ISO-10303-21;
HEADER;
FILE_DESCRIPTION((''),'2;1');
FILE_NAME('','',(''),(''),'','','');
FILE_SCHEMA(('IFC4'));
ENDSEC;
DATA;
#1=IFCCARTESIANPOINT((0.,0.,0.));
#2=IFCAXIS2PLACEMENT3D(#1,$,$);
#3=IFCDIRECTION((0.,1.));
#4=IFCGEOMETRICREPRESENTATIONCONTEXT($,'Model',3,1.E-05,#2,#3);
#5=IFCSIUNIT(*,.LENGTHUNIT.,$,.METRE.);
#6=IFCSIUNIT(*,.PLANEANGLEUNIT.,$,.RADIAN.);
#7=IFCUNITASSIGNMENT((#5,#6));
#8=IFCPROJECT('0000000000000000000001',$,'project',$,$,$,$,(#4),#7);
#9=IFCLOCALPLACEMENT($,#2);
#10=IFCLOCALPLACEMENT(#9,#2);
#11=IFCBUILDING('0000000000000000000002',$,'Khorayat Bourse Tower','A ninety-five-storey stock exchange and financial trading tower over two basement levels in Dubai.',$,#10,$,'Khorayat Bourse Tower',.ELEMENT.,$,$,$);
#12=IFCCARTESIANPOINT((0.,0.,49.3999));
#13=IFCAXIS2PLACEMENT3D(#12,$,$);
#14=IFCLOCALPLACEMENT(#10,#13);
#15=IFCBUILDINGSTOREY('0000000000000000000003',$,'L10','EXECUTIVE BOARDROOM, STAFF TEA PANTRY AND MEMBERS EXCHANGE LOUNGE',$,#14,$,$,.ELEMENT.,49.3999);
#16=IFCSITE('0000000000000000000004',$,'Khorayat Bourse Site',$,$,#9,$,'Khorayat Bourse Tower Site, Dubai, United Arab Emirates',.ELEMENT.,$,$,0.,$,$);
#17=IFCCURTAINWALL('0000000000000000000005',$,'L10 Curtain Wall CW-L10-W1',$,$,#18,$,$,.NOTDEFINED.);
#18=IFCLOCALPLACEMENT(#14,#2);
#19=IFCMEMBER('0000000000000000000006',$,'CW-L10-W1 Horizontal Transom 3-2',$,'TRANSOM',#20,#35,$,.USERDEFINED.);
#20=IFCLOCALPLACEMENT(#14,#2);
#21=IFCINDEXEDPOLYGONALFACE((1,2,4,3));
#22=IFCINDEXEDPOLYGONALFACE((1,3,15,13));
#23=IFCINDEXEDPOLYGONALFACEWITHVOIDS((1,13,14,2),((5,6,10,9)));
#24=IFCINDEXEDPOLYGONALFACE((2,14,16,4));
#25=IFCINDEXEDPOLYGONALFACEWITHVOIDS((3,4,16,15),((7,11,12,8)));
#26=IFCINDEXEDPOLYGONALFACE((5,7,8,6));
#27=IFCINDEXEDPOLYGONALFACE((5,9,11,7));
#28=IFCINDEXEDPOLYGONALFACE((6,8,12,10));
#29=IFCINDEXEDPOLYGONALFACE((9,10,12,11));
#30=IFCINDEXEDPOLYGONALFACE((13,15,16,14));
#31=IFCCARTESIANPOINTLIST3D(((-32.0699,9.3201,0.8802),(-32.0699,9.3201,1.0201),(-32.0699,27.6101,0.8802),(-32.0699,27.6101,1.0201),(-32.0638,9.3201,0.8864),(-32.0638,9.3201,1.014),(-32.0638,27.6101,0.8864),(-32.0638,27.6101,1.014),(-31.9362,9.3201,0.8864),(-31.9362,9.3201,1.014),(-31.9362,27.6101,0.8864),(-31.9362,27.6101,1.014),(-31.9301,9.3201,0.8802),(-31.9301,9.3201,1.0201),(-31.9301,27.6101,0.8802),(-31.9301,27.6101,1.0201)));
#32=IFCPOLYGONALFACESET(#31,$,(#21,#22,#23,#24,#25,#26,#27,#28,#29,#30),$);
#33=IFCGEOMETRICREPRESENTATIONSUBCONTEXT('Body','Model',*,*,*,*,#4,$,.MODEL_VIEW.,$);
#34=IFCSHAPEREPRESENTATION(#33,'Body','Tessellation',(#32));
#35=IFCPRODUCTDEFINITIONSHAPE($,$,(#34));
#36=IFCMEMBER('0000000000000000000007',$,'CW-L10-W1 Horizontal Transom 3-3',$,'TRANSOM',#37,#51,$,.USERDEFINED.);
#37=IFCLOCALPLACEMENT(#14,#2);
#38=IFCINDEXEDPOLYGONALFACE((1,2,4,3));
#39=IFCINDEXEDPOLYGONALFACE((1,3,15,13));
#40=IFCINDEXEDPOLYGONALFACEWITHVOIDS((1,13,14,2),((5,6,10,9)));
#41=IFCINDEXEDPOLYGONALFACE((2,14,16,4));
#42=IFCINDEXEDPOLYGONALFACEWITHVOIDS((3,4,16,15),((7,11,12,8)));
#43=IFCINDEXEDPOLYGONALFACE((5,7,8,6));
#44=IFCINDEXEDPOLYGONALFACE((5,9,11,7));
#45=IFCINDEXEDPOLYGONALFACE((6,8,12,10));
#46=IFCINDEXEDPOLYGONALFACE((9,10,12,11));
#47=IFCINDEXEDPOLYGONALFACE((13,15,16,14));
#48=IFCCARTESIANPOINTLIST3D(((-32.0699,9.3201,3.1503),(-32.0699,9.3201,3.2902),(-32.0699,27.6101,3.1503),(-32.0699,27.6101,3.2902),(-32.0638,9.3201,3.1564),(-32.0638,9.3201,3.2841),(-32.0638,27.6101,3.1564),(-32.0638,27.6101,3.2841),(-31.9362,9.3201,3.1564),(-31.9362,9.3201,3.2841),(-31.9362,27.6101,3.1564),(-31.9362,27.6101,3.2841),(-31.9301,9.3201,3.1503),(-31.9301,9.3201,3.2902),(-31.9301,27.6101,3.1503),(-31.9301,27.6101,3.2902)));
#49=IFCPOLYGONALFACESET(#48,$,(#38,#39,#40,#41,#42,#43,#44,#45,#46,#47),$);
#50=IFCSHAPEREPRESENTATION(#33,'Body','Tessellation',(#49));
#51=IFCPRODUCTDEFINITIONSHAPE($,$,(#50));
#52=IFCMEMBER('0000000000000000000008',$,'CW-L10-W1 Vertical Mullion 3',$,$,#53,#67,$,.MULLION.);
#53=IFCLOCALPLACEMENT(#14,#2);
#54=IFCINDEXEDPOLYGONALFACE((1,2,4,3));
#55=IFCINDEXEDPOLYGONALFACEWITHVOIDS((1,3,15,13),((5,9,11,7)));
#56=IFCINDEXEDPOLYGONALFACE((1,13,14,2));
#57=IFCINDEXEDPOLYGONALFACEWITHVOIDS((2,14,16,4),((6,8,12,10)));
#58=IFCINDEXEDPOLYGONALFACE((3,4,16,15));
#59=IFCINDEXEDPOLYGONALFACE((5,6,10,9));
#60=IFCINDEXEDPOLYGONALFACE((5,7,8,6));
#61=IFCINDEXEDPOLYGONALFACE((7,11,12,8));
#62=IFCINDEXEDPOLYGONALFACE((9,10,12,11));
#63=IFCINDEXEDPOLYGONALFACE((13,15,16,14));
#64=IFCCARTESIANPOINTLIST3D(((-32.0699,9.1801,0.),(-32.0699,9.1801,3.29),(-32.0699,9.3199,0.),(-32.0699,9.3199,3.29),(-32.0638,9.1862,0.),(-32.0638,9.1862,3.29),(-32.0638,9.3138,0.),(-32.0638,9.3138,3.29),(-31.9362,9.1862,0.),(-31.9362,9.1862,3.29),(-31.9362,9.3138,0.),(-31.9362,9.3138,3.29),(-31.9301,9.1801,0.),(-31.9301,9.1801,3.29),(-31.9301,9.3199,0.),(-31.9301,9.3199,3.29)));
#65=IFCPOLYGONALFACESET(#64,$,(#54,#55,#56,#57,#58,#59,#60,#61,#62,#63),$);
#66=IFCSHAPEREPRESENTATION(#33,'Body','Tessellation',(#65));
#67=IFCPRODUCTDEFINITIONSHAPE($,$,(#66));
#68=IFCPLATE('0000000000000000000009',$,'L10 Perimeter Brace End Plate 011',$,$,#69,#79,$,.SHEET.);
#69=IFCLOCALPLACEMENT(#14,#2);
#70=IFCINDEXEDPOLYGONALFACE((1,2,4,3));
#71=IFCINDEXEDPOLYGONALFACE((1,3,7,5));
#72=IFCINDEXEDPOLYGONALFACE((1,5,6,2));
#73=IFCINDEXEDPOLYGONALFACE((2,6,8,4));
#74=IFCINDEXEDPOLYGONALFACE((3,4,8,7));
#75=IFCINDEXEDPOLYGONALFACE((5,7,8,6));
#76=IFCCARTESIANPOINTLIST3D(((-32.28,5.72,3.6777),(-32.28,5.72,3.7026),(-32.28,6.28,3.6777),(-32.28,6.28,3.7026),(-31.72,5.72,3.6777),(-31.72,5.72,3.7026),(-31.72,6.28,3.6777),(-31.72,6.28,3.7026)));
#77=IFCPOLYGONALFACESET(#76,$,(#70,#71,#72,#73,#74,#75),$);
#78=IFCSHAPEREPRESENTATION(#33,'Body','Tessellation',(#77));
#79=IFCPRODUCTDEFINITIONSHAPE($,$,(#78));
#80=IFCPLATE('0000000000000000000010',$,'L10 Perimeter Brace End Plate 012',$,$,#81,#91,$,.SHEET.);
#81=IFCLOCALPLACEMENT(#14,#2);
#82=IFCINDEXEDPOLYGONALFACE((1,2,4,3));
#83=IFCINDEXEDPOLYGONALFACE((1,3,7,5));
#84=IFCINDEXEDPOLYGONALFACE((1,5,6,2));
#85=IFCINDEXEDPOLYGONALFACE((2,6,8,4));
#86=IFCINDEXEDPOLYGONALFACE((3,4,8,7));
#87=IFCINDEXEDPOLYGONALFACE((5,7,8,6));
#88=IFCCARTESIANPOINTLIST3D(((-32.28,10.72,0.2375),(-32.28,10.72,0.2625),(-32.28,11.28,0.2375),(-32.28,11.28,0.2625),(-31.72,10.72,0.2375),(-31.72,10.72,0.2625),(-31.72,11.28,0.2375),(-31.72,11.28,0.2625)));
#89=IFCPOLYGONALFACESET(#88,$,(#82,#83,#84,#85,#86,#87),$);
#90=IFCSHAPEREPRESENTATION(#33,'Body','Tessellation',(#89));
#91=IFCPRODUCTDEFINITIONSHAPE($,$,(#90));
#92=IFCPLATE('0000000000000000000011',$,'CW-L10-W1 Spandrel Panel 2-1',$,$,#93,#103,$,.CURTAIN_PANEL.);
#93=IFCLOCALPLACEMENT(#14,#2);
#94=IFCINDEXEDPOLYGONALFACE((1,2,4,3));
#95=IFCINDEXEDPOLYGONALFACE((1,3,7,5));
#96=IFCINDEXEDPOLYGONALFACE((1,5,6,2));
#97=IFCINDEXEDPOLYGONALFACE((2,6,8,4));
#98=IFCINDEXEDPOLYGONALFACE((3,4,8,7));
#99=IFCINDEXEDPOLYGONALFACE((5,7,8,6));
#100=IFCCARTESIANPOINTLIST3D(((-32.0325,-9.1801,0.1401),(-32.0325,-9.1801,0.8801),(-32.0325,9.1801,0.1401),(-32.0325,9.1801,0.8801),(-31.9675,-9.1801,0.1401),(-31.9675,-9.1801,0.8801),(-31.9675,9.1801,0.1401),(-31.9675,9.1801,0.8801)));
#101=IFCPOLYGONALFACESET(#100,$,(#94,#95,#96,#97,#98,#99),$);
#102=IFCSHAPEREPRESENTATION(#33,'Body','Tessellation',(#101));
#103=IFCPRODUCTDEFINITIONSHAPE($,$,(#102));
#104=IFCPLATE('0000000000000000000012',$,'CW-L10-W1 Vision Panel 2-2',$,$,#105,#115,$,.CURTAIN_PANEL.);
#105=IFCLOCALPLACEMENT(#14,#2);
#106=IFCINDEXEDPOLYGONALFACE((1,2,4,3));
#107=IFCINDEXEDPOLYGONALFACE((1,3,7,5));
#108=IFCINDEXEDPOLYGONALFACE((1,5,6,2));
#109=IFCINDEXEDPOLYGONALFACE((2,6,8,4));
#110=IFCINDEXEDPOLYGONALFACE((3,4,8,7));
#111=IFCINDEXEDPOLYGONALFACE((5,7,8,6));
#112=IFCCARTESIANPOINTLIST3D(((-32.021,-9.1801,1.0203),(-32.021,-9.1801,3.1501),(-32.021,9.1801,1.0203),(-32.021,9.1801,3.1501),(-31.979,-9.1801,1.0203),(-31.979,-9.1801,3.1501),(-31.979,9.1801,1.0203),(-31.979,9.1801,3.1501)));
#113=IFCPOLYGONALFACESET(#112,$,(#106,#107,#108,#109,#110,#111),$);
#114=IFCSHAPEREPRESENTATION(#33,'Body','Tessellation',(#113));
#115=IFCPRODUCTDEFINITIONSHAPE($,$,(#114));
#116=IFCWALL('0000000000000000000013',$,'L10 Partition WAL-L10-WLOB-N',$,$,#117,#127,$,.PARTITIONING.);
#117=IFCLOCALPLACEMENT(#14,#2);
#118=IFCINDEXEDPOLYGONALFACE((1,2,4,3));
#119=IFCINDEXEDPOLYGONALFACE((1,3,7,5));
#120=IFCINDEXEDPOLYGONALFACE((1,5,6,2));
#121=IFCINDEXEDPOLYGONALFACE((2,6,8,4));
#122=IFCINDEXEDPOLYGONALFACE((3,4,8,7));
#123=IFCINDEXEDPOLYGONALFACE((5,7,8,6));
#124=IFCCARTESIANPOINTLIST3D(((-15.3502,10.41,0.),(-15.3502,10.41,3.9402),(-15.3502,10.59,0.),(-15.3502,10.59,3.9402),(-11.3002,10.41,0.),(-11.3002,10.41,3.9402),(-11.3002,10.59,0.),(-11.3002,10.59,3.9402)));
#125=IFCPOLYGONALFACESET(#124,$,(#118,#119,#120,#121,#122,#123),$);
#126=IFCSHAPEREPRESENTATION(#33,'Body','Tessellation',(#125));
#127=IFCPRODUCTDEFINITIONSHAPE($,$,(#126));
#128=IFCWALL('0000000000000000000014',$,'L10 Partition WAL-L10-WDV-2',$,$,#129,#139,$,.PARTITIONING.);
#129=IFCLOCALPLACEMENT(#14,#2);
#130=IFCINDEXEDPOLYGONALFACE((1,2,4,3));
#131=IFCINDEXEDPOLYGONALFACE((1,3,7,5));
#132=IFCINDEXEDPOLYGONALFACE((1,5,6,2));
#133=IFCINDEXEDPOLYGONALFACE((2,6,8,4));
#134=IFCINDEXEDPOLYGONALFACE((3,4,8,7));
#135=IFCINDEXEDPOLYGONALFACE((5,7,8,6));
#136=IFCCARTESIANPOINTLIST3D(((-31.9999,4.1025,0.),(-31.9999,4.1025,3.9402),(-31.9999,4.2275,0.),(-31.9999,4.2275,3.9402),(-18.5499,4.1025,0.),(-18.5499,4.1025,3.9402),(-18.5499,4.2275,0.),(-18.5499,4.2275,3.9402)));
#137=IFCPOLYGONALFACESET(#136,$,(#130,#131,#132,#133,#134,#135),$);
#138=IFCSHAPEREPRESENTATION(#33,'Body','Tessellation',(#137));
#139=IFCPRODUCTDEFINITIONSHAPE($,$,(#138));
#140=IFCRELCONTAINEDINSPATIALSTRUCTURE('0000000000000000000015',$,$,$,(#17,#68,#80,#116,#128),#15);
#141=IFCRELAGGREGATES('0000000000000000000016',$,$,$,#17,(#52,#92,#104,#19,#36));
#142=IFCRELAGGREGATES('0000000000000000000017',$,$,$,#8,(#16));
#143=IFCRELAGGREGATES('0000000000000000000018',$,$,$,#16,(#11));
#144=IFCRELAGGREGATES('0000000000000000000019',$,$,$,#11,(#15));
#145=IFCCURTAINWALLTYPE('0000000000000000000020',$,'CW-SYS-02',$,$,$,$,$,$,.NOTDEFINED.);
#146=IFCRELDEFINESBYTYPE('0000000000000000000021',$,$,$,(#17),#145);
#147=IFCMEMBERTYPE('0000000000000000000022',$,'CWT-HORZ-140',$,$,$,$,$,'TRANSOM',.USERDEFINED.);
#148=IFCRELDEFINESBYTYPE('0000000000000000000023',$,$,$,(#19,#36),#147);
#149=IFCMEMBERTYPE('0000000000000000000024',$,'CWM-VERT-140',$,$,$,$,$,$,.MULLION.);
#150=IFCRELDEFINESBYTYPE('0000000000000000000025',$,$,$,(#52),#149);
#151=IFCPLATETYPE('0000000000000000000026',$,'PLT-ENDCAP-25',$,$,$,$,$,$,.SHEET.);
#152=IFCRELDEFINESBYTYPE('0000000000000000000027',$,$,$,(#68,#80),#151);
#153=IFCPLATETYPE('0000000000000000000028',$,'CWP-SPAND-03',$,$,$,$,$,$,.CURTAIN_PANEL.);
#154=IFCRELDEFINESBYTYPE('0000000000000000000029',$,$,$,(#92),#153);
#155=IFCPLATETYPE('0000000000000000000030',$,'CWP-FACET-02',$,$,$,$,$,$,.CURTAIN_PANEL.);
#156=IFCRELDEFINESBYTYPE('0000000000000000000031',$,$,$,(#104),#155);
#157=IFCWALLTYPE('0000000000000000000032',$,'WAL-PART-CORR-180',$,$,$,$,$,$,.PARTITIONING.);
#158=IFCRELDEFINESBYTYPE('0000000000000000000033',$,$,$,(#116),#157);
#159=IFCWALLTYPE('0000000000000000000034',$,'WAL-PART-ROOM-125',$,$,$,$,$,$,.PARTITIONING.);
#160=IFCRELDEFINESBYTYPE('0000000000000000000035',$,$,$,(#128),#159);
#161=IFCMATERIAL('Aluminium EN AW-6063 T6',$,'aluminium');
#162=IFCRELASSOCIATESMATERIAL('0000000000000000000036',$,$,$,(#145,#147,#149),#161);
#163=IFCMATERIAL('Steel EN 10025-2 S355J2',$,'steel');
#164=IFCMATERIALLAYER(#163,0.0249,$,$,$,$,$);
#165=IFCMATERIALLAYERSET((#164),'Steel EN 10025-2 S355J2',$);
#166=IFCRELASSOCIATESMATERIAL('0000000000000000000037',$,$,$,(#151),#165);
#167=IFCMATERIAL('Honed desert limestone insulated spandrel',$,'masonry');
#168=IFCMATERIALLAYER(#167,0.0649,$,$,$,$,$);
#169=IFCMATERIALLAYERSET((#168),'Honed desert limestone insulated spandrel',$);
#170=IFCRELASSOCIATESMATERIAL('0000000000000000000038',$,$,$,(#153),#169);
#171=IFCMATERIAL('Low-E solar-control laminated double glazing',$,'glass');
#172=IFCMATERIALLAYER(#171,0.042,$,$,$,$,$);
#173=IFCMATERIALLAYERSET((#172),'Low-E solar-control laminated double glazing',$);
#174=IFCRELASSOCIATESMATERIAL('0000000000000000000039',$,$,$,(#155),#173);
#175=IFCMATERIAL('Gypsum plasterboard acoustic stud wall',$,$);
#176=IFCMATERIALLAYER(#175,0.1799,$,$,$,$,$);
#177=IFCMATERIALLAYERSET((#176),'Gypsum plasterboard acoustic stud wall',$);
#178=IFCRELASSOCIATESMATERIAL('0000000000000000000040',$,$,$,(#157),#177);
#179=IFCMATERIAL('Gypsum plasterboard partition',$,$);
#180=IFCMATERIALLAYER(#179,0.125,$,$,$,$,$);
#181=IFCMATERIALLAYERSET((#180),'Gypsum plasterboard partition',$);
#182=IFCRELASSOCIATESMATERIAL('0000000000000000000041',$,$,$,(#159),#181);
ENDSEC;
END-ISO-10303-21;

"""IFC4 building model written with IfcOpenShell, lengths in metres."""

from ifc_helpers import new_model, si_unit, direction, frame, frame_2d, origin, origin_2d, place, context, subcontext, project, spatial, rectangle, hollow_rectangle, extrude, source, transform, mapped, material, layer, layer_set, material_profile, profile_set, type_object, element, aggregate, save


model = new_model("IFC4")

# Units and contexts
model_context = context("Model", 3, precision=1e-05, world=origin(), true_north=direction((0.0, 1.0)))
body_context = subcontext(model_context, "Body", "Model", "MODEL_VIEW")
ifc_project = project(units=[si_unit("LENGTHUNIT", "METRE"), si_unit("PLANEANGLEUNIT", "RADIAN")], contexts=[model_context])

# Site, building, storey
site_placement = place(None, origin())
site = spatial("IfcSite", under=ifc_project, at=site_placement, Name="Khorayat Bourse Site", LongName="Khorayat Bourse Tower Site, Dubai, United Arab Emirates", CompositionType="ELEMENT", RefElevation=0.0)
building_placement = place(site_placement, origin())
building = spatial("IfcBuilding", under=site, at=building_placement, Name="Khorayat Bourse Tower", Description="A ninety-five-storey stock exchange and financial trading tower over two basement levels in Dubai.", LongName="Khorayat Bourse Tower", CompositionType="ELEMENT")
storey_placement = place(building_placement, frame((0.0, 0.0, 49.3999)))
storey = spatial("IfcBuildingStorey", under=building, at=storey_placement, Name="L10", Description="EXECUTIVE BOARDROOM, STAFF TEA PANTRY AND MEMBERS EXCHANGE LOUNGE", CompositionType="ELEMENT", Elevation=49.3999)

# Curtain wall, members
ifc_material_1 = material(Name="Aluminium EN AW-6063 T6", Category="aluminium")
curtain_wall_type = type_object("IfcCurtainWallType", Name="CW-SYS-02", PredefinedType="NOTDEFINED", material=ifc_material_1)
curtain_wall_placement = place(storey_placement, origin())
curtain_wall = element("IfcCurtainWall", 1, at=curtain_wall_placement, inside=storey, type_object=curtain_wall_type, Name="L10 Curtain Wall CW-L10-W1", PredefinedType="NOTDEFINED")
ifc_material_profile_1 = material_profile(ifc_material_1, hollow_rectangle(XDim=0.1399, YDim=0.1399, WallThickness=0.0061, at=origin_2d()), Name="ALU 140x140x6")
ifc_profile_set_1 = profile_set([ifc_material_profile_1], Name="Aluminium EN AW-6063 T6")
member_type_1 = type_object("IfcMemberType", Name="CWT-HORZ-140", ElementType="TRANSOM", PredefinedType="USERDEFINED", material=ifc_profile_set_1)
shared_shape_1 = source(origin(), body_context, "Body", "SweptSolid", [
    extrude(hollow_rectangle(XDim=0.1399, YDim=0.1399, WallThickness=0.0061, at=origin_2d()), origin(), (0.0, 0.0, 1.0), 18.29),
])
member_1_placement = place(storey_placement, frame((-32.0, 9.3201, 0.9502), z_axis=(0.0, 1.0, 0.0), x_axis=(-1.0, 0.0, 0.0)))
member_1 = element("IfcMember", 2, at=member_1_placement, type_object=member_type_1, Name="CW-L10-W1 Horizontal Transom 3-2", ObjectType="TRANSOM", PredefinedType="USERDEFINED", context=body_context, shape_type="MappedRepresentation", body=[
    mapped(shared_shape_1, transform((0.0, 0.0, 0.0), scale=1.0)),
])
member_2_placement = place(storey_placement, frame((-32.0, 9.3201, 3.2202), z_axis=(0.0, 1.0, 0.0), x_axis=(-1.0, 0.0, 0.0)))
member_2 = element("IfcMember", 3, at=member_2_placement, type_object=member_type_1, Name="CW-L10-W1 Horizontal Transom 3-3", ObjectType="TRANSOM", PredefinedType="USERDEFINED", context=body_context, shape_type="MappedRepresentation", body=[
    mapped(shared_shape_1, transform((0.0, 0.0, 0.0), scale=1.0)),
])
ifc_material_profile_2 = material_profile(ifc_material_1, hollow_rectangle(XDim=0.1399, YDim=0.1399, WallThickness=0.0061, at=origin_2d()), Name="ALU 140x140x6")
ifc_profile_set_2 = profile_set([ifc_material_profile_2], Name="Aluminium EN AW-6063 T6")
member_type_2 = type_object("IfcMemberType", Name="CWM-VERT-140", PredefinedType="MULLION", material=ifc_profile_set_2)
shared_shape_2 = source(origin(), body_context, "Body", "SweptSolid", [
    extrude(hollow_rectangle(XDim=0.1399, YDim=0.1399, WallThickness=0.0061, at=origin_2d()), origin(), (0.0, 0.0, 1.0), 3.29),
])
member_3_placement = place(storey_placement, frame((-32.0, 9.25, 0.0), z_axis=(0.0, 0.0, 1.0), x_axis=(-1.0, 0.0, 0.0)))
member_3 = element("IfcMember", 4, at=member_3_placement, type_object=member_type_2, Name="CW-L10-W1 Vertical Mullion 3", PredefinedType="MULLION", context=body_context, shape_type="MappedRepresentation", body=[
    mapped(shared_shape_2, transform((0.0, 0.0, 0.0), scale=1.0)),
])

# Plates
ifc_material_2 = material(Name="Steel EN 10025-2 S355J2", Category="steel")
ifc_layer_1 = layer(ifc_material_2, 0.0249)
ifc_layer_set_1 = layer_set([ifc_layer_1], Name="Steel EN 10025-2 S355J2")
plate_type_1 = type_object("IfcPlateType", Name="PLT-ENDCAP-25", PredefinedType="SHEET", material=ifc_layer_set_1)
shared_shape_3 = source(origin(), body_context, "Body", "SweptSolid", [
    extrude(rectangle(XDim=0.5601, YDim=0.5601, at=origin_2d()), origin(), (0.0, 0.0, 1.0), 0.0249),
])
for number, where, z_axis, x_axis, name in (
    (5, (-32.0, 6.0, 3.6777), (0.0, 0.0, 1.0), (1.0, 0.0, 0.0), "L10 Perimeter Brace End Plate 011"),
    (6, (-32.0, 11.0, 0.2375), (0.0, 0.0, 1.0), (1.0, 0.0, 0.0), "L10 Perimeter Brace End Plate 012"),
):
    element("IfcPlate", number, at=place(storey_placement, frame(where, z_axis=z_axis, x_axis=x_axis)), inside=storey, type_object=plate_type_1, Name=name, PredefinedType="SHEET", context=body_context, shape_type="MappedRepresentation", body=[
        mapped(shared_shape_3, transform((0.0, 0.0, 0.0), scale=1.0)),
    ])

# Plates
ifc_material_3 = material(Name="Honed desert limestone insulated spandrel", Category="masonry")
ifc_layer_2 = layer(ifc_material_3, 0.0649)
ifc_layer_set_2 = layer_set([ifc_layer_2], Name="Honed desert limestone insulated spandrel")
plate_type_2 = type_object("IfcPlateType", Name="CWP-SPAND-03", PredefinedType="CURTAIN_PANEL", material=ifc_layer_set_2)
shared_shape_4 = source(origin(), body_context, "Body", "SweptSolid", [
    extrude(rectangle(XDim=18.3601, YDim=0.0649, at=origin_2d()), origin(), (0.0, 0.0, 1.0), 0.74),
])
plate_1_placement = place(storey_placement, frame((-32.0, 0.0, 0.1401), z_axis=(0.0, 0.0, 1.0), x_axis=(0.0, 1.0, 0.0)))
plate_1 = element("IfcPlate", 7, at=plate_1_placement, type_object=plate_type_2, Name="CW-L10-W1 Spandrel Panel 2-1", PredefinedType="CURTAIN_PANEL", context=body_context, shape_type="MappedRepresentation", body=[
    mapped(shared_shape_4, transform((0.0, 0.0, 0.0), scale=1.0)),
])
ifc_material_4 = material(Name="Low-E solar-control laminated double glazing", Category="glass")
ifc_layer_3 = layer(ifc_material_4, 0.042)
ifc_layer_set_3 = layer_set([ifc_layer_3], Name="Low-E solar-control laminated double glazing")
plate_type_3 = type_object("IfcPlateType", Name="CWP-FACET-02", PredefinedType="CURTAIN_PANEL", material=ifc_layer_set_3)
shared_shape_5 = source(origin(), body_context, "Body", "SweptSolid", [
    extrude(rectangle(XDim=18.3601, YDim=0.042, at=origin_2d()), origin(), (0.0, 0.0, 1.0), 2.1299),
])
plate_2_placement = place(storey_placement, frame((-32.0, 0.0, 1.0203), z_axis=(0.0, 0.0, 1.0), x_axis=(0.0, 1.0, 0.0)))
plate_2 = element("IfcPlate", 8, at=plate_2_placement, type_object=plate_type_3, Name="CW-L10-W1 Vision Panel 2-2", PredefinedType="CURTAIN_PANEL", context=body_context, shape_type="MappedRepresentation", body=[
    mapped(shared_shape_5, transform((0.0, 0.0, 0.0), scale=1.0)),
])
aggregate(curtain_wall, [member_3, plate_1, plate_2, member_1, member_2])

# Walls
ifc_material_5 = material(Name="Gypsum plasterboard acoustic stud wall")
ifc_layer_4 = layer(ifc_material_5, 0.1799)
ifc_layer_set_4 = layer_set([ifc_layer_4], Name="Gypsum plasterboard acoustic stud wall")
wall_type_1 = type_object("IfcWallType", Name="WAL-PART-CORR-180", PredefinedType="PARTITIONING", material=ifc_layer_set_4)
shared_shape_6 = source(origin(), body_context, "Body", "SweptSolid", [
    extrude(rectangle(XDim=4.05, YDim=0.1799, at=frame_2d((2.0249, 0.0))), origin(), (0.0, 0.0, 1.0), 3.9402),
])
wall_1_placement = place(storey_placement, frame((-15.3501, 10.5, 0.0), z_axis=(0.0, 0.0, 1.0), x_axis=(1.0, 0.0, 0.0)))
element("IfcWall", 9, at=wall_1_placement, inside=storey, type_object=wall_type_1, Name="L10 Partition WAL-L10-WLOB-N", PredefinedType="PARTITIONING", context=body_context, shape_type="MappedRepresentation", body=[
    mapped(shared_shape_6, transform((0.0, 0.0, 0.0), scale=1.0)),
])
ifc_material_6 = material(Name="Gypsum plasterboard partition")
ifc_layer_5 = layer(ifc_material_6, 0.125)
ifc_layer_set_5 = layer_set([ifc_layer_5], Name="Gypsum plasterboard partition")
wall_type_2 = type_object("IfcWallType", Name="WAL-PART-ROOM-125", PredefinedType="PARTITIONING", material=ifc_layer_set_5)
shared_shape_7 = source(origin(), body_context, "Body", "SweptSolid", [
    extrude(rectangle(XDim=13.45, YDim=0.125, at=frame_2d((6.7251, 0.0))), origin(), (0.0, 0.0, 1.0), 3.9402),
])
wall_2_placement = place(storey_placement, frame((-32.0, 4.165, 0.0), z_axis=(0.0, 0.0, 1.0), x_axis=(1.0, 0.0, 0.0)))
element("IfcWall", 10, at=wall_2_placement, inside=storey, type_object=wall_type_2, Name="L10 Partition WAL-L10-WDV-2", PredefinedType="PARTITIONING", context=body_context, shape_type="MappedRepresentation", body=[
    mapped(shared_shape_7, transform((0.0, 0.0, 0.0), scale=1.0)),
])

save(model, "model.ifc")
